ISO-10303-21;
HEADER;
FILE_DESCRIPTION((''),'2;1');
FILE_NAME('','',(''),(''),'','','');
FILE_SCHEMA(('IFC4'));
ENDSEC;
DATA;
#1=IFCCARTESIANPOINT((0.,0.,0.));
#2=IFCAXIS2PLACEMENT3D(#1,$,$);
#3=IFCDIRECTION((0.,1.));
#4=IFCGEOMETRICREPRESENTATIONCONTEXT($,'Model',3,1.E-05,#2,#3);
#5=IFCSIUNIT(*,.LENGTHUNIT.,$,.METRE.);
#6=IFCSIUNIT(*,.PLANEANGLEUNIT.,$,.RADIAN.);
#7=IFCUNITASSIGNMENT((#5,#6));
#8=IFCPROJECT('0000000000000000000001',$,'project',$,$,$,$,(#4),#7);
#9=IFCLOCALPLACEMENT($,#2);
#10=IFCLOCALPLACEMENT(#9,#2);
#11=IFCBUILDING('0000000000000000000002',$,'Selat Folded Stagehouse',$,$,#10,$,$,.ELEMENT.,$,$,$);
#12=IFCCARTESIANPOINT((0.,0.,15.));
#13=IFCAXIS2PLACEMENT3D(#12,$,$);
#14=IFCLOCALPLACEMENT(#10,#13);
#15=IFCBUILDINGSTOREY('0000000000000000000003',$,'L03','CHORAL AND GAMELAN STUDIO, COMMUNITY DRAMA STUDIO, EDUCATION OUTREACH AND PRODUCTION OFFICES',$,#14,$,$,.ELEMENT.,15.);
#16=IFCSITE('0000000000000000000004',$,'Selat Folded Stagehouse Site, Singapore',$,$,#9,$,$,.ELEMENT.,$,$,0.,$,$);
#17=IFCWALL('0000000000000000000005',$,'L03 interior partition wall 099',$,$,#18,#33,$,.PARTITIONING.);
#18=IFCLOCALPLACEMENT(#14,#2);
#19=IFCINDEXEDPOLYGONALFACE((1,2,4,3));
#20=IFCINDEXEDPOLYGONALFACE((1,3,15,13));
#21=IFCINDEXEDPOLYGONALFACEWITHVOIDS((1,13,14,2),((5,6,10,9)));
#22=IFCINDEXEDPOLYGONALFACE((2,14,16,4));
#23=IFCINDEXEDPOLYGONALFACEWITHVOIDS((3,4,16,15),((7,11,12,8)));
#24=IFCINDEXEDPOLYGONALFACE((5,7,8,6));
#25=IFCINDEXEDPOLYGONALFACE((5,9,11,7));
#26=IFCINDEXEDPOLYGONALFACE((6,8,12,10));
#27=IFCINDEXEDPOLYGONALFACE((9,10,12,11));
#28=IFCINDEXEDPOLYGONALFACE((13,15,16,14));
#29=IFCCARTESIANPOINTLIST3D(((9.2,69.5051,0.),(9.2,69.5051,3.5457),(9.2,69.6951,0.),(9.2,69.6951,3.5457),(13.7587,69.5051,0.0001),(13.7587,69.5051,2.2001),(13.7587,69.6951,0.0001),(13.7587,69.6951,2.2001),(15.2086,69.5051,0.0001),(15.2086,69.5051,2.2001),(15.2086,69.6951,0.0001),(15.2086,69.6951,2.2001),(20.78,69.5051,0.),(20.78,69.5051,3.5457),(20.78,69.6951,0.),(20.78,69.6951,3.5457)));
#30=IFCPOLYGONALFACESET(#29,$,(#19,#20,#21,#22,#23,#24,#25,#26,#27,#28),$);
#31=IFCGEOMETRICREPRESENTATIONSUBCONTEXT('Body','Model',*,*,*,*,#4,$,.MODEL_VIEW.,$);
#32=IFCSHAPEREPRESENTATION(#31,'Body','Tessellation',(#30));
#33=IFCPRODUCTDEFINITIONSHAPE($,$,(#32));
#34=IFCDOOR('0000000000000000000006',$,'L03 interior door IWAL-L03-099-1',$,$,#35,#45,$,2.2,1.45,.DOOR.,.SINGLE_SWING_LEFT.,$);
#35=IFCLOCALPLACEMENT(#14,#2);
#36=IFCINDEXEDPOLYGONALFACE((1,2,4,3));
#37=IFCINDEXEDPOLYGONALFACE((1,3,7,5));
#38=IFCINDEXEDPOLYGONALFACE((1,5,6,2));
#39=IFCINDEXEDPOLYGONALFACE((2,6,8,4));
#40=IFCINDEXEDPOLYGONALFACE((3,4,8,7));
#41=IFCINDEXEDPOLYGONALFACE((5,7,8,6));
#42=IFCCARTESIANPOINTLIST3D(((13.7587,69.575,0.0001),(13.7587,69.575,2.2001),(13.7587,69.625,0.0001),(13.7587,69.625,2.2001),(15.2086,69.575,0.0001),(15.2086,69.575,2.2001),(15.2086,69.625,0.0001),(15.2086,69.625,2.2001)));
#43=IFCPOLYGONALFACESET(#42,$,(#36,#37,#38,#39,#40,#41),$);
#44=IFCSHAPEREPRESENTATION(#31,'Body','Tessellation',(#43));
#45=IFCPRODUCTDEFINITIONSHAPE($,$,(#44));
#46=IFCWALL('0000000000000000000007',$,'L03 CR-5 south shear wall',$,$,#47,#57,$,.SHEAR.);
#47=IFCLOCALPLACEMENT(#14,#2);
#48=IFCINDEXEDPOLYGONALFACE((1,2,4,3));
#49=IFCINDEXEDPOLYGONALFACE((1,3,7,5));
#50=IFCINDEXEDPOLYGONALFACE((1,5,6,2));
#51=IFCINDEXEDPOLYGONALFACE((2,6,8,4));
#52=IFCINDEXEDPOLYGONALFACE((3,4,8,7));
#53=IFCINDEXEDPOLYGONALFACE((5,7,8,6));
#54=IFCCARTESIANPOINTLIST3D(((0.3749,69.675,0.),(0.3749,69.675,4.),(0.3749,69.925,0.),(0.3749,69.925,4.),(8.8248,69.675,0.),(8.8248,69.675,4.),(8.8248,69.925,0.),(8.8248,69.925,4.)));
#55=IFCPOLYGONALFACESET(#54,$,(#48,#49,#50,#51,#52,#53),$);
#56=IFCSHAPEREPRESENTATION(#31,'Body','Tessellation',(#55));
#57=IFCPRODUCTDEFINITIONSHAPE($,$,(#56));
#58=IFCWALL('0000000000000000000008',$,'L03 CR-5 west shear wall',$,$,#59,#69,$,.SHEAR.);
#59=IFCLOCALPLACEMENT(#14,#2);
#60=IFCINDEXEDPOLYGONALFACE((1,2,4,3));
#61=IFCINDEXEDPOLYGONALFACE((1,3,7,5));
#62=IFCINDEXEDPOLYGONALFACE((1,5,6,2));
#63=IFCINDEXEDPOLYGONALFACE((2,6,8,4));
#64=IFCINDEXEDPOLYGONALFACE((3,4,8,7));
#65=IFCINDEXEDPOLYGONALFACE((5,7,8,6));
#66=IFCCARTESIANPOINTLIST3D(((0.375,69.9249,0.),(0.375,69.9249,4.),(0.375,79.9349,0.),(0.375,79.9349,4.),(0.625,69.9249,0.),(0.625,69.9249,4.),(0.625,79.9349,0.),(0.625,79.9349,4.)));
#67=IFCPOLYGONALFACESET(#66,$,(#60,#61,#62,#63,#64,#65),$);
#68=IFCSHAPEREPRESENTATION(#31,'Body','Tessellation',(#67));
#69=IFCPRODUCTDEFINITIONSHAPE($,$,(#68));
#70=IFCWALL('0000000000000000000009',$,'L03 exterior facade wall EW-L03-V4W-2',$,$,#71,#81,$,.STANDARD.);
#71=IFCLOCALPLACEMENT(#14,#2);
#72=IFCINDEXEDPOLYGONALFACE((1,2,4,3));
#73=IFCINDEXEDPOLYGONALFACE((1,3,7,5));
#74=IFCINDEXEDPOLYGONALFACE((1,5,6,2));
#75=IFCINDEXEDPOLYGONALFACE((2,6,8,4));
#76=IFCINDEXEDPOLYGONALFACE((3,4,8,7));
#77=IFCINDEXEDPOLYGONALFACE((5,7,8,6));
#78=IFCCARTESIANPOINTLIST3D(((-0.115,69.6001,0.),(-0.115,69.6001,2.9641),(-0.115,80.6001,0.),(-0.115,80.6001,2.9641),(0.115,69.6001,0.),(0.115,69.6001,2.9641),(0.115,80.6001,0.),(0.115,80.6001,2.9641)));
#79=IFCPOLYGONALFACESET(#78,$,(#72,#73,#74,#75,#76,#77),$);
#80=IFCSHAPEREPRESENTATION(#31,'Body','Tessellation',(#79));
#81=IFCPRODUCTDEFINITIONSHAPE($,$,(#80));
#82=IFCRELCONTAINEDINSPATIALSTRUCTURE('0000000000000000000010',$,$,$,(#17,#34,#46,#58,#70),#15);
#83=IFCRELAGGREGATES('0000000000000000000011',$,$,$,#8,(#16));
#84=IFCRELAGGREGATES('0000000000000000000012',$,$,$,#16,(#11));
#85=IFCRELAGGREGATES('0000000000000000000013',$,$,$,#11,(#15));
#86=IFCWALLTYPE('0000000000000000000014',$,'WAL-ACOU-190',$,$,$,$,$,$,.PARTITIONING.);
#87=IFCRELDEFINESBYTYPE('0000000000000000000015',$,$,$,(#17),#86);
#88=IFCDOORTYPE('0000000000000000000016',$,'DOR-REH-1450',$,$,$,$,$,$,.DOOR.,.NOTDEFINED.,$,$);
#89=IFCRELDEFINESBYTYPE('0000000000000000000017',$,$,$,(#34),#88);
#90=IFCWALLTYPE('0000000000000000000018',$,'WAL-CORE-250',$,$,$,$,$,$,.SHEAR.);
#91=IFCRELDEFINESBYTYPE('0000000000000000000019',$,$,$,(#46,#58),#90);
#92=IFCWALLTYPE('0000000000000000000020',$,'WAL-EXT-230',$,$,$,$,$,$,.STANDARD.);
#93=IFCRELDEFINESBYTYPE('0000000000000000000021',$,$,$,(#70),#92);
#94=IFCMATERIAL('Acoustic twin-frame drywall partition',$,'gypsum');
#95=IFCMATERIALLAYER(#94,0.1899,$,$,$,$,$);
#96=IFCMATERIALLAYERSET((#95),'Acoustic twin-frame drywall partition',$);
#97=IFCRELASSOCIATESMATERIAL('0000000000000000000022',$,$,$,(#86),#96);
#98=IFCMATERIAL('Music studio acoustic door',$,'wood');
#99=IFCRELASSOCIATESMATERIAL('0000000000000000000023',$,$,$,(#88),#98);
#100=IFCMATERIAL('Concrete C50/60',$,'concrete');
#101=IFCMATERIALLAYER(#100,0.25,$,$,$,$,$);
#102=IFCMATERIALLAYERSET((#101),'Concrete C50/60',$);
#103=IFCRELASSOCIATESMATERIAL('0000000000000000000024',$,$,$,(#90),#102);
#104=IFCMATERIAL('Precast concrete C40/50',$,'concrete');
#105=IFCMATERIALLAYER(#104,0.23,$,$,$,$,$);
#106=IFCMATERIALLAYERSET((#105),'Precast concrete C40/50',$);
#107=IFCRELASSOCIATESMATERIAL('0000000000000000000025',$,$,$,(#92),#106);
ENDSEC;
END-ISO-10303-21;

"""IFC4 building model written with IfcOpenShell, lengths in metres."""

from ifc_helpers import new_model, si_unit, direction, frame, frame_2d, origin, place, context, subcontext, project, spatial, rectangle, extrude, material, layer, layer_set, type_object, element, fill, save


model = new_model("IFC4")

# Units and contexts
model_context = context("Model", 3, precision=1e-05, world=origin(), true_north=direction((0.0, 1.0)))
body_context = subcontext(model_context, "Body", "Model", "MODEL_VIEW")
ifc_project = project(units=[si_unit("LENGTHUNIT", "METRE"), si_unit("PLANEANGLEUNIT", "RADIAN")], contexts=[model_context])

# Site, building, storey
site_placement = place(None, origin())
site = spatial("IfcSite", under=ifc_project, at=site_placement, Name="Selat Folded Stagehouse Site, Singapore", CompositionType="ELEMENT", RefElevation=0.0)
building_placement = place(site_placement, origin())
building = spatial("IfcBuilding", under=site, at=building_placement, Name="Selat Folded Stagehouse", CompositionType="ELEMENT")
storey_placement = place(building_placement, frame((0.0, 0.0, 15.0)))
storey = spatial("IfcBuildingStorey", under=building, at=storey_placement, Name="L03", Description="CHORAL AND GAMELAN STUDIO, COMMUNITY DRAMA STUDIO, EDUCATION OUTREACH AND PRODUCTION OFFICES", CompositionType="ELEMENT", Elevation=15.0)

# Wall, opening, door
ifc_material_1 = material(Name="Acoustic twin-frame drywall partition", Category="gypsum")
ifc_layer_1 = layer(ifc_material_1, 0.1899)
ifc_layer_set_1 = layer_set([ifc_layer_1], Name="Acoustic twin-frame drywall partition")
wall_type_1 = type_object("IfcWallType", Name="WAL-ACOU-190", PredefinedType="PARTITIONING", material=ifc_layer_set_1)
ifc_material_2 = material(Name="Music studio acoustic door", Category="wood")
door_type = type_object("IfcDoorType", Name="DOR-REH-1450", OperationType="NOTDEFINED", PredefinedType="DOOR", material=ifc_material_2)
wall_1_placement = place(storey_placement, frame((9.2, 69.6001, 0.0), z_axis=(0.0, 0.0, 1.0), x_axis=(1.0, 0.0, 0.0)))
wall_1 = element("IfcWall", 1, at=wall_1_placement, inside=storey, type_object=wall_type_1, Name="L03 interior partition wall 099", PredefinedType="PARTITIONING", context=body_context, shape_type="SweptSolid", body=[
    extrude(rectangle(XDim=11.5801, YDim=0.1899, at=frame_2d((5.79, 0.0))), origin(), (0.0, 0.0, 1.0), 3.5457),
])
opening_1_placement = place(wall_1_placement, frame((4.5586, 0.0, 0.0)))
opening_1 = element("IfcOpeningElement", 2, at=opening_1_placement, cuts=wall_1, PredefinedType="OPENING", context=body_context, shape_type="SweptSolid", body=[
    extrude(rectangle(XDim=1.45, YDim=2.2, at=frame_2d((0.7251, 1.1001))), frame((0.0, 0.105, 0.0), z_axis=(0.0, -1.0, 0.0), x_axis=(1.0, 0.0, 0.0)), (0.0, 0.0, 1.0), 0.21),
])
door_1_placement = place(opening_1_placement, origin())
door_1 = element("IfcDoor", 3, at=door_1_placement, inside=storey, type_object=door_type, Name="L03 interior door IWAL-L03-099-1", OperationType="SINGLE_SWING_LEFT", OverallHeight=2.2, OverallWidth=1.45, PredefinedType="DOOR", context=body_context, shape_type="SweptSolid", body=[
    extrude(rectangle(XDim=1.45, YDim=2.2, at=frame_2d((0.7251, 1.1001))), frame((0.0, 0.0249, 0.0), z_axis=(0.0, -1.0, 0.0), x_axis=(1.0, 0.0, 0.0)), (0.0, 0.0, 1.0), 0.05),
])
fill(opening_1, door_1)

# Walls
ifc_material_3 = material(Name="Concrete C50/60", Category="concrete")
ifc_layer_2 = layer(ifc_material_3, 0.25)
ifc_layer_set_2 = layer_set([ifc_layer_2], Name="Concrete C50/60")
wall_type_2 = type_object("IfcWallType", Name="WAL-CORE-250", PredefinedType="SHEAR", material=ifc_layer_set_2)
wall_2_placement = place(storey_placement, frame((8.825, 69.8, 0.0), z_axis=(0.0, 0.0, 1.0), x_axis=(-1.0, 0.0, 0.0)))
element("IfcWall", 4, at=wall_2_placement, inside=storey, type_object=wall_type_2, Name="L03 CR-5 south shear wall", PredefinedType="SHEAR", context=body_context, shape_type="SweptSolid", body=[
    extrude(rectangle(XDim=8.45, YDim=0.25, at=frame_2d((4.2251, 0.0))), origin(), (0.0, 0.0, 1.0), 4.0),
])
wall_3_placement = place(storey_placement, frame((0.5, 69.925, 0.0), z_axis=(0.0, 0.0, 1.0), x_axis=(0.0, 1.0, 0.0)))
element("IfcWall", 5, at=wall_3_placement, inside=storey, type_object=wall_type_2, Name="L03 CR-5 west shear wall", PredefinedType="SHEAR", context=body_context, shape_type="SweptSolid", body=[
    extrude(rectangle(XDim=10.01, YDim=0.25, at=frame_2d((5.0049, 0.0))), origin(), (0.0, 0.0, 1.0), 4.0),
])
ifc_material_4 = material(Name="Precast concrete C40/50", Category="concrete")
ifc_layer_3 = layer(ifc_material_4, 0.23)
ifc_layer_set_3 = layer_set([ifc_layer_3], Name="Precast concrete C40/50")
wall_type_3 = type_object("IfcWallType", Name="WAL-EXT-230", PredefinedType="STANDARD", material=ifc_layer_set_3)
wall_4_placement = place(storey_placement, frame((0.0, 69.6001, 0.0), z_axis=(0.0, 0.0, 1.0), x_axis=(0.0, 1.0, 0.0)))
element("IfcWall", 6, at=wall_4_placement, inside=storey, type_object=wall_type_3, Name="L03 exterior facade wall EW-L03-V4W-2", PredefinedType="STANDARD", context=body_context, shape_type="SweptSolid", body=[
    extrude(rectangle(XDim=11.0, YDim=0.23, at=frame_2d((5.5, 0.0))), origin(), (0.0, 0.0, 1.0), 2.9641),
])

save(model, "model.ifc")
